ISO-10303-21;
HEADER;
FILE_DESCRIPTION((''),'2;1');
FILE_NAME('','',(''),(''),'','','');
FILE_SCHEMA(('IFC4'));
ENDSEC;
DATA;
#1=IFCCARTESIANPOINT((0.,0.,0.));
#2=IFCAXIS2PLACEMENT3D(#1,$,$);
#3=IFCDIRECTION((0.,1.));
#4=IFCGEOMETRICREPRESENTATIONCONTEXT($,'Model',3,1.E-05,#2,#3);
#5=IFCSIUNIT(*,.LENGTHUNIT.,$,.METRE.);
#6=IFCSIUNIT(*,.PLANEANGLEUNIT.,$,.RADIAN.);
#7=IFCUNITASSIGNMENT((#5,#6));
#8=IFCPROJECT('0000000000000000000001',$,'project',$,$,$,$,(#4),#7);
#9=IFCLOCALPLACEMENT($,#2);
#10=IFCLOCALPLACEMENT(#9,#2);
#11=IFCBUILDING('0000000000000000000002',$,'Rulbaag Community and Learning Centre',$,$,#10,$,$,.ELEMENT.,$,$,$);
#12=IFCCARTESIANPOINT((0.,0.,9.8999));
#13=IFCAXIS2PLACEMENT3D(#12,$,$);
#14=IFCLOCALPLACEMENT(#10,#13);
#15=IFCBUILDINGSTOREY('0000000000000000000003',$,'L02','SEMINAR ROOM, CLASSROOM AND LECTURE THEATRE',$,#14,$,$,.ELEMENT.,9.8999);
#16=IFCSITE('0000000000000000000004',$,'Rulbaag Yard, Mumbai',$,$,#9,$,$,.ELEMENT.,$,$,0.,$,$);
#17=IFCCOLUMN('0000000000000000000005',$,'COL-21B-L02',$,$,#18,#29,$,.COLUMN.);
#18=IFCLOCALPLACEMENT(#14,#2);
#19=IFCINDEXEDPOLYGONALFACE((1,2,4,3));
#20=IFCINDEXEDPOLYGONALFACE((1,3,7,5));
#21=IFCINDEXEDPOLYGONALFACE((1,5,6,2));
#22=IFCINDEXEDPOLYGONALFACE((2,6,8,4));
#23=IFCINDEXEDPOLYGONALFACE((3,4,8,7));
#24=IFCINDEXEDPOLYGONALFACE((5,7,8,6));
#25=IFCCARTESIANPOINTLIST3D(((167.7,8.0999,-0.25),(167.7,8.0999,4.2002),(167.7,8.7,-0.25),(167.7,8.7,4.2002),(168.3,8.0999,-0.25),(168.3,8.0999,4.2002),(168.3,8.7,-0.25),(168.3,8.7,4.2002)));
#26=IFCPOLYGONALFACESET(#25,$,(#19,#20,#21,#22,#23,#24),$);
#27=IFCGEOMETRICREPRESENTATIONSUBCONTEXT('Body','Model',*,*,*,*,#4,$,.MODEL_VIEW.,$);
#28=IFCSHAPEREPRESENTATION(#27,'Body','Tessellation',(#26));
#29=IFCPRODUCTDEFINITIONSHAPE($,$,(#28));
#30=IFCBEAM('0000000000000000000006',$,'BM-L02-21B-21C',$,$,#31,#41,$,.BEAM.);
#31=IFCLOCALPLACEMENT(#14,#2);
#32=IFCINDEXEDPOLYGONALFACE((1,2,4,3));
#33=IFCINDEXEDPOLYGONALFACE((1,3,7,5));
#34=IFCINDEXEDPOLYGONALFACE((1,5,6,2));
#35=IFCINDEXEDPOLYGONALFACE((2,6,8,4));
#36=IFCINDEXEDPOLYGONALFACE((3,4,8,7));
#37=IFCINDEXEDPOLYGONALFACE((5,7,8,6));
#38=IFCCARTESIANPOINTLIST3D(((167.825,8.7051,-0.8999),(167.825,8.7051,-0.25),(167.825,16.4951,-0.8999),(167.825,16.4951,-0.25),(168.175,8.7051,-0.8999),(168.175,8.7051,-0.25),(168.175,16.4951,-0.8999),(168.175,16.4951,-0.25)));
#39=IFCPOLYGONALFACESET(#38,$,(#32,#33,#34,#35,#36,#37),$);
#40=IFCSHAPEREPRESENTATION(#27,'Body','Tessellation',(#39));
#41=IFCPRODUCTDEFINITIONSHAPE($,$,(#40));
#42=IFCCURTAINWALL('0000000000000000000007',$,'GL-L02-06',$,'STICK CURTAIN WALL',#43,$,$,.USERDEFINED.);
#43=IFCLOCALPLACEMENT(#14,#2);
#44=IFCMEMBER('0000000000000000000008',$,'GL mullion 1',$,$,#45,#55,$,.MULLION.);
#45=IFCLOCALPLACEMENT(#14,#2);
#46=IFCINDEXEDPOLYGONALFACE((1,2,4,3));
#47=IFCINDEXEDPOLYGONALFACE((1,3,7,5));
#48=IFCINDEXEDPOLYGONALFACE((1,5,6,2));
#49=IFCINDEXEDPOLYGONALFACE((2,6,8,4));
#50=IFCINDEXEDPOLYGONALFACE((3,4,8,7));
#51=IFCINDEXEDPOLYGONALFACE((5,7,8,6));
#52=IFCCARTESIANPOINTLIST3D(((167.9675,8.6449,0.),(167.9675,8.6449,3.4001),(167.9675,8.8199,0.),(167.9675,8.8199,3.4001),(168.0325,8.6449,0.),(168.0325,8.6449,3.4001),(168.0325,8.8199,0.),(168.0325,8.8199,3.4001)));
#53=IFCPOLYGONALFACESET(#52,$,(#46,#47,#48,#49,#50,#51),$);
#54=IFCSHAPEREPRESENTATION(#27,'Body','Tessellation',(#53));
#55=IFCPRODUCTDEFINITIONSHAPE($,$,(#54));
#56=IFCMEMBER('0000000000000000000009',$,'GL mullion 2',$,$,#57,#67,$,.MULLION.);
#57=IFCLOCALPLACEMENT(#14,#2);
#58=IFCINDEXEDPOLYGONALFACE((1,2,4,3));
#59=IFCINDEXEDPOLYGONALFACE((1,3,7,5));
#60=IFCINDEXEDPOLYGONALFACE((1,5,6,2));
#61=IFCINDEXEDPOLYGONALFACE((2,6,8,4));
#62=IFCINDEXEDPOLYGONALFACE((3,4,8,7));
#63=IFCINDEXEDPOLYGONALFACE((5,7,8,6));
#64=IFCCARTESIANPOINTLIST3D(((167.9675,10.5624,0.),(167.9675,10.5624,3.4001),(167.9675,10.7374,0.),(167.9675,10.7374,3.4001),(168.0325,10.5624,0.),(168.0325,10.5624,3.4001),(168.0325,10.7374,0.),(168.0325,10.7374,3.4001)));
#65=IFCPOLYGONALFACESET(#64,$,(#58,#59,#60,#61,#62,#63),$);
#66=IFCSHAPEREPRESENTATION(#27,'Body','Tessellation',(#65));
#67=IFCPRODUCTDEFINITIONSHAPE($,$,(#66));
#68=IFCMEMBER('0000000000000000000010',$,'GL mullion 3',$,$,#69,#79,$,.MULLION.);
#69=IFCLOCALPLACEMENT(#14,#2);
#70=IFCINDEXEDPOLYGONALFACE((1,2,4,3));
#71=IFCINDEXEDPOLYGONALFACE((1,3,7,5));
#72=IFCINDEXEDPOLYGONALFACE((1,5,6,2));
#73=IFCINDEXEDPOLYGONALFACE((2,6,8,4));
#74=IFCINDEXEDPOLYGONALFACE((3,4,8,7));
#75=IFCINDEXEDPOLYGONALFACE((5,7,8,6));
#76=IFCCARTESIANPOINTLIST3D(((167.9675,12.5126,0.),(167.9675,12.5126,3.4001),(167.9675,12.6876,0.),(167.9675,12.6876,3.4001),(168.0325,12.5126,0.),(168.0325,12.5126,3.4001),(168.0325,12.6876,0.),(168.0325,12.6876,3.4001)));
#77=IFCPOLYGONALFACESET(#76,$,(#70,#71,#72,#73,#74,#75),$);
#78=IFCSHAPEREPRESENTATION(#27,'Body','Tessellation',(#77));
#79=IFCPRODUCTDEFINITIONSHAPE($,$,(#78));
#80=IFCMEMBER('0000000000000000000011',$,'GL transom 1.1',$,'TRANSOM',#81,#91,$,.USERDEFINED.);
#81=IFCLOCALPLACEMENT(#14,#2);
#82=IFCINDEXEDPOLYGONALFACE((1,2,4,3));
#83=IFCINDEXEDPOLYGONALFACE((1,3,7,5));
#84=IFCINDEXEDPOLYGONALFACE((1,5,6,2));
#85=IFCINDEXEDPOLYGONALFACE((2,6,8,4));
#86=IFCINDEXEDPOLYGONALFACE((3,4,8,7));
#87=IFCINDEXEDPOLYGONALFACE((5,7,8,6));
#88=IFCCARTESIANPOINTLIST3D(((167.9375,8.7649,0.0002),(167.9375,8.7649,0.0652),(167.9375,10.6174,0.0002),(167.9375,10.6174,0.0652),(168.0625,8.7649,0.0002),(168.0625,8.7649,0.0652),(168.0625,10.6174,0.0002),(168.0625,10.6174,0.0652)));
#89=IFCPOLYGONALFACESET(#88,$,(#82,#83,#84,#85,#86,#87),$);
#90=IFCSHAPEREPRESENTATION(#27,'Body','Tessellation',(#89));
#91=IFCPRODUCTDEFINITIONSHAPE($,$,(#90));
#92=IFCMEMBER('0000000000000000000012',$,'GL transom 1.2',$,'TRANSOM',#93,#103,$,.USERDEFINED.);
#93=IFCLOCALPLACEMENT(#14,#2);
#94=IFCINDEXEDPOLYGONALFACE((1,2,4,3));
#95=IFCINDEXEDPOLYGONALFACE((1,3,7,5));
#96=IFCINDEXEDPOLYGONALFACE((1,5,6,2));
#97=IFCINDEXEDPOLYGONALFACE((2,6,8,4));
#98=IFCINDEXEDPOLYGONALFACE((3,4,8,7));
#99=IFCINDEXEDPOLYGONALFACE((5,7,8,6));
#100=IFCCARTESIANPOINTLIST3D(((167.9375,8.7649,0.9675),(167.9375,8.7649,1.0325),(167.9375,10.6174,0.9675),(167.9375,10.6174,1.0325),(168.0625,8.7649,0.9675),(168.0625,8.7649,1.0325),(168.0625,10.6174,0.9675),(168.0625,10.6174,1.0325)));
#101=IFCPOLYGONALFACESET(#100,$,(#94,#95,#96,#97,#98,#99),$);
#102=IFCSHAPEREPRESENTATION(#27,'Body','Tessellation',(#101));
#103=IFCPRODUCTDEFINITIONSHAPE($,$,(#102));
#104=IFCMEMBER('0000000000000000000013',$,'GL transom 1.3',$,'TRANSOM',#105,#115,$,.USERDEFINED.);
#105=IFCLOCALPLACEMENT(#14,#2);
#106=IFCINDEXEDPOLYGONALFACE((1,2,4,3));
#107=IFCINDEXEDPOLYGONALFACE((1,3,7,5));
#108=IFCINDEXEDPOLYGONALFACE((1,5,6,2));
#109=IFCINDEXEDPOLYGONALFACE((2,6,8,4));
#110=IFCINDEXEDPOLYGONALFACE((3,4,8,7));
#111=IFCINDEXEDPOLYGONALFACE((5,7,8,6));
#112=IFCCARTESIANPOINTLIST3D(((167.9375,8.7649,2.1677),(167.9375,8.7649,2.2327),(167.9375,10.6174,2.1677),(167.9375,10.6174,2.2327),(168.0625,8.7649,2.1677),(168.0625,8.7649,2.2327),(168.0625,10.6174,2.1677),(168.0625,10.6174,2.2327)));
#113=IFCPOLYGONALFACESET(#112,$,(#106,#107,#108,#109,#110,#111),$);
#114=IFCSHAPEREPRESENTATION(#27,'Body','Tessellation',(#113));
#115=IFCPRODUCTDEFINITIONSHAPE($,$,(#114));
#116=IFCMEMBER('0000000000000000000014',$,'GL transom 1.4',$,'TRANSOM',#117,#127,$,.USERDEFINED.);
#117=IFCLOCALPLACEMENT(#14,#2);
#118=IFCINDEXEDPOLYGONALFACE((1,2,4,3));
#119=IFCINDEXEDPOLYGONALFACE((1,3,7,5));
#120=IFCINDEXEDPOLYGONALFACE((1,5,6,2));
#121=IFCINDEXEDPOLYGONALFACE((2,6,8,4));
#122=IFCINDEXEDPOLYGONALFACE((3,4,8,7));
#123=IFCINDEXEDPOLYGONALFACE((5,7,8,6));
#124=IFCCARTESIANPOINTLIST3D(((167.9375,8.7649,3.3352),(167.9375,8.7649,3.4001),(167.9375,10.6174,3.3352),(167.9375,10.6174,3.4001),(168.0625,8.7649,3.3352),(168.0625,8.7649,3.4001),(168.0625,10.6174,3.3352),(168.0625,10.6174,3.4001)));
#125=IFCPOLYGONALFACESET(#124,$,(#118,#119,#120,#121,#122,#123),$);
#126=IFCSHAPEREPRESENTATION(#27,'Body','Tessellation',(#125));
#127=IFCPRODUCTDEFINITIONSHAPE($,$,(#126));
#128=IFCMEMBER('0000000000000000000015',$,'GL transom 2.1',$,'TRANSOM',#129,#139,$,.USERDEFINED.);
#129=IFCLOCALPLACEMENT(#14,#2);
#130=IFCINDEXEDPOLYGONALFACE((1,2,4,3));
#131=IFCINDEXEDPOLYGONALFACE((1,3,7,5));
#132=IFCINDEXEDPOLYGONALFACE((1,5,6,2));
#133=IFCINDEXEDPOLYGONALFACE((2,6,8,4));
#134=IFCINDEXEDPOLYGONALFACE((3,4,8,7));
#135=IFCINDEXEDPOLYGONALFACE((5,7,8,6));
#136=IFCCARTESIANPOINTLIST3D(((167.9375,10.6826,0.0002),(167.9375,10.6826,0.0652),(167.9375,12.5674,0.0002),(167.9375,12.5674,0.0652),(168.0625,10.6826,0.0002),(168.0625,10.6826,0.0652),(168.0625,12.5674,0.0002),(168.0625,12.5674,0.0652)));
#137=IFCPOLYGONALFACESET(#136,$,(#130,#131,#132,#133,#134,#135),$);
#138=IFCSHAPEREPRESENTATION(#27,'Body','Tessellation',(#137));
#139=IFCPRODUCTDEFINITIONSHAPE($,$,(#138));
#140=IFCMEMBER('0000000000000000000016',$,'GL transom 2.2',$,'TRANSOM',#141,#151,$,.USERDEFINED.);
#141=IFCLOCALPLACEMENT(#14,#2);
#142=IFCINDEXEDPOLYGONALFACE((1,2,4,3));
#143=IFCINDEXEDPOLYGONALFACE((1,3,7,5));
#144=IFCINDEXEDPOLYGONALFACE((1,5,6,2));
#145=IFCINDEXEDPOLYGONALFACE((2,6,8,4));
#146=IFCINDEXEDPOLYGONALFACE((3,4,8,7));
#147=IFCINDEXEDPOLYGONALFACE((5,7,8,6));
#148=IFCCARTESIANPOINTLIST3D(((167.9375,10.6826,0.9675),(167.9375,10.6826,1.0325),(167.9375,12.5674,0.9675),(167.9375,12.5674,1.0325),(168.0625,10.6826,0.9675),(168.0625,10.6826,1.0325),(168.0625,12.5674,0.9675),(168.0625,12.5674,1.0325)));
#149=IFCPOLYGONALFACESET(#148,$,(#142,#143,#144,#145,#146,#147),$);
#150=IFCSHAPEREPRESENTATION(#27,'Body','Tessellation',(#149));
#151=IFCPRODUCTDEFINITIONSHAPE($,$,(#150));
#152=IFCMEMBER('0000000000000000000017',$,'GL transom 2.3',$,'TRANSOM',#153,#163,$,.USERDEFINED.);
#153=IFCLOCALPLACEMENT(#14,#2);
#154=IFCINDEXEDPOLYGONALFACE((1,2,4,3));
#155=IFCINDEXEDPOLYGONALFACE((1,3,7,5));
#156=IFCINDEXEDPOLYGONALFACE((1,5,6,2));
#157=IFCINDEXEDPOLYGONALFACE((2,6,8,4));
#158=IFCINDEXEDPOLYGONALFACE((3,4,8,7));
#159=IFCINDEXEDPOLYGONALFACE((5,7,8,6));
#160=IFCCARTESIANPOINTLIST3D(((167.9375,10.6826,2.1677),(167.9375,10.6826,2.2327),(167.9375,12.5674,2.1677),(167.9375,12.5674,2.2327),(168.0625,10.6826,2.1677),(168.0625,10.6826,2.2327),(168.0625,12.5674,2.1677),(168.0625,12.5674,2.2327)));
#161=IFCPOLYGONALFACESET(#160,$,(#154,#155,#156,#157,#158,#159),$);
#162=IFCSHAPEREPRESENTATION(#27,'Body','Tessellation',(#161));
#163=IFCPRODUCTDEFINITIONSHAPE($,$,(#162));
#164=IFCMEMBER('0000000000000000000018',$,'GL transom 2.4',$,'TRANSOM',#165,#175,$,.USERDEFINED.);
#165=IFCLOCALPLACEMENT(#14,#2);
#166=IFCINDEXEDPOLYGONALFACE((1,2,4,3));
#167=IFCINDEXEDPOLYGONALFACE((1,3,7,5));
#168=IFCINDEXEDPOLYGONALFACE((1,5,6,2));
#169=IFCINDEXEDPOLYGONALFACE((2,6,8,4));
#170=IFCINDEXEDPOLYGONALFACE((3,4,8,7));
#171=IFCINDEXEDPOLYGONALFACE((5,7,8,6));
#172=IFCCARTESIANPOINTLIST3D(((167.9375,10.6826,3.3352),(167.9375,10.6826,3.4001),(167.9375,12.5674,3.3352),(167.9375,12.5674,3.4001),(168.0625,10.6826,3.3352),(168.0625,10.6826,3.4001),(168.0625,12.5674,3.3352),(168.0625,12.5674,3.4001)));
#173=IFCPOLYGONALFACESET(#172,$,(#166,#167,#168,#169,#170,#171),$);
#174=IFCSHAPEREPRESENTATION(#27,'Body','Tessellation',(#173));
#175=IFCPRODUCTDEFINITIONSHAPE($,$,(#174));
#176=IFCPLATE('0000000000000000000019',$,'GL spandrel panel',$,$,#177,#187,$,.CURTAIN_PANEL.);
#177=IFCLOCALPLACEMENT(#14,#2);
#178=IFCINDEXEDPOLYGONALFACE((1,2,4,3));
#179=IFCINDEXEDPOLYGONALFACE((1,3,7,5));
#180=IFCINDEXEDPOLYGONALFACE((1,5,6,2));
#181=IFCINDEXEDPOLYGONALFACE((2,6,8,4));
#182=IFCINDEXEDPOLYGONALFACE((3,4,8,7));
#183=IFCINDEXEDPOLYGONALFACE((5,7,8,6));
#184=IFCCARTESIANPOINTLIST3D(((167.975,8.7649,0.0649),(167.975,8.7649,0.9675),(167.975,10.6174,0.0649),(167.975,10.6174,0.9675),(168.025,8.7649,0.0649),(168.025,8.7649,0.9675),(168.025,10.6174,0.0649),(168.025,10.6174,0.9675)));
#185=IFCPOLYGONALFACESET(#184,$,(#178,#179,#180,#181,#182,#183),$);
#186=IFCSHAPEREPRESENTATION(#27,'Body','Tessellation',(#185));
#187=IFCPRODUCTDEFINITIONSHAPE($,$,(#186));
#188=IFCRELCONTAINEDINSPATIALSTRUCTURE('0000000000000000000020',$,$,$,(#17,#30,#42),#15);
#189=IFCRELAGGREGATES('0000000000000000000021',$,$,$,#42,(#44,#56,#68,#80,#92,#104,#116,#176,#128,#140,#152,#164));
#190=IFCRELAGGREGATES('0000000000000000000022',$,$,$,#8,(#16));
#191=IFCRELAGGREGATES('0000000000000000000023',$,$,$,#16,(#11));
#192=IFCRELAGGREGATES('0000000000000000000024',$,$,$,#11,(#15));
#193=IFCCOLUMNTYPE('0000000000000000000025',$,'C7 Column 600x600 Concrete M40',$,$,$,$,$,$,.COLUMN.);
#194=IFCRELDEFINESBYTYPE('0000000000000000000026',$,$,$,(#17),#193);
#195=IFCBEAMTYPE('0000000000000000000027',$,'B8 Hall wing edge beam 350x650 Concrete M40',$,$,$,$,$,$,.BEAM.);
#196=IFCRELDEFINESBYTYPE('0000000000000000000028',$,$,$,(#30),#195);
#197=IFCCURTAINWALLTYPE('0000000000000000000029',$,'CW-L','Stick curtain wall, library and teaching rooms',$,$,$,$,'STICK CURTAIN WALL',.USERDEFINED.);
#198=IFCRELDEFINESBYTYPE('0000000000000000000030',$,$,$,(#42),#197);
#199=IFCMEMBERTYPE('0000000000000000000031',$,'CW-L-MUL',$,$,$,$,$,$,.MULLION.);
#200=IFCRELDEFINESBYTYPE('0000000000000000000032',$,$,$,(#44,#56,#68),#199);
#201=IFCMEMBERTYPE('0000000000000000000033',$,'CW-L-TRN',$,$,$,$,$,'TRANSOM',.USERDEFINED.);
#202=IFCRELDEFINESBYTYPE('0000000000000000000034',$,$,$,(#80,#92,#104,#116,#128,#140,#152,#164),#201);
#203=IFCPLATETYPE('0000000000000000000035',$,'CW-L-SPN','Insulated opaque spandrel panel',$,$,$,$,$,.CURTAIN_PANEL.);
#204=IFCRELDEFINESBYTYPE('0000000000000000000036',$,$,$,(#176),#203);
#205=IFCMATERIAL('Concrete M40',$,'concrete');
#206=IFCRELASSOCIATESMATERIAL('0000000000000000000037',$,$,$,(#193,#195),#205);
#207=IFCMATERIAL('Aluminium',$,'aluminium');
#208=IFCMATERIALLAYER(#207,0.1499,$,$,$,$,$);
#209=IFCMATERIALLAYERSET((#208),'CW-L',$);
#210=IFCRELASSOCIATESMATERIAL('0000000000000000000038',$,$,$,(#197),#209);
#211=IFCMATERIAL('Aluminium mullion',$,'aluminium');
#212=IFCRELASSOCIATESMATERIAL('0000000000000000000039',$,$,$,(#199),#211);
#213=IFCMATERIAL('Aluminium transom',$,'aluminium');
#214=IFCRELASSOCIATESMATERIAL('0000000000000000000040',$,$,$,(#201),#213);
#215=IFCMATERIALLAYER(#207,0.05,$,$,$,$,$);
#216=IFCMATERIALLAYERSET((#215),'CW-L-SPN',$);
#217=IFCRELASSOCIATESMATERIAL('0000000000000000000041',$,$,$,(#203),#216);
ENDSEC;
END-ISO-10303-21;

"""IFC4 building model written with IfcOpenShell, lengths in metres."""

from ifc_helpers import new_model, si_unit, direction, frame, origin, origin_2d, place, context, subcontext, project, spatial, rectangle, extrude, material, layer, layer_set, material_profile, profile_set, type_object, element, aggregate, save


model = new_model("IFC4")

# Units and contexts
model_context = context("Model", 3, precision=1e-05, world=origin(), true_north=direction((0.0, 1.0)))
body_context = subcontext(model_context, "Body", "Model", "MODEL_VIEW")
ifc_project = project(units=[si_unit("LENGTHUNIT", "METRE"), si_unit("PLANEANGLEUNIT", "RADIAN")], contexts=[model_context])

# Site, building, storey
site_placement = place(None, origin())
site = spatial("IfcSite", under=ifc_project, at=site_placement, Name="Rulbaag Yard, Mumbai", CompositionType="ELEMENT", RefElevation=0.0)
building_placement = place(site_placement, origin())
building = spatial("IfcBuilding", under=site, at=building_placement, Name="Rulbaag Community and Learning Centre", CompositionType="ELEMENT")
storey_placement = place(building_placement, frame((0.0, 0.0, 9.8999)))
storey = spatial("IfcBuildingStorey", under=building, at=storey_placement, Name="L02", Description="SEMINAR ROOM, CLASSROOM AND LECTURE THEATRE", CompositionType="ELEMENT", Elevation=9.8999)

# Column
ifc_material_1 = material(Name="Concrete M40", Category="concrete")
ifc_material_profile_1 = material_profile(ifc_material_1, rectangle(XDim=0.6001, YDim=0.6001, at=origin_2d()), Name="RC600x600")
ifc_profile_set_1 = profile_set([ifc_material_profile_1], Name="Concrete M40")
column_type = type_object("IfcColumnType", Name="C7 Column 600x600 Concrete M40", PredefinedType="COLUMN", material=ifc_profile_set_1)
column_placement = place(storey_placement, frame((168.0, 8.3999, -0.25), z_axis=(0.0, 0.0, 1.0), x_axis=(1.0, 0.0, 0.0)))
element("IfcColumn", 1, at=column_placement, inside=storey, type_object=column_type, Name="COL-21B-L02", PredefinedType="COLUMN", context=body_context, shape_type="SweptSolid", body=[
    extrude(rectangle(XDim=0.6001, YDim=0.6001, at=origin_2d()), origin(), (0.0, 0.0, 1.0), 4.4502),
])

# Beam
ifc_material_profile_2 = material_profile(ifc_material_1, rectangle(XDim=0.3501, YDim=0.6499, at=origin_2d()), Name="RB350x650")
ifc_profile_set_2 = profile_set([ifc_material_profile_2], Name="Concrete M40")
beam_type = type_object("IfcBeamType", Name="B8 Hall wing edge beam 350x650 Concrete M40", PredefinedType="BEAM", material=ifc_profile_set_2)
beam_placement = place(storey_placement, frame((168.0, 8.7051, -0.575), z_axis=(0.0, 1.0, 0.0), x_axis=(-1.0, 0.0, 0.0)))
element("IfcBeam", 2, at=beam_placement, inside=storey, type_object=beam_type, Name="BM-L02-21B-21C", PredefinedType="BEAM", context=body_context, shape_type="SweptSolid", body=[
    extrude(rectangle(XDim=0.3501, YDim=0.6499, at=origin_2d()), origin(), (0.0, 0.0, 1.0), 7.79),
])

# Curtain wall, members, plate
ifc_material_2 = material(Name="Aluminium", Category="aluminium")
ifc_layer_1 = layer(ifc_material_2, 0.1499)
ifc_layer_set_1 = layer_set([ifc_layer_1], Name="CW-L")
curtain_wall_type = type_object("IfcCurtainWallType", Name="CW-L", Description="Stick curtain wall, library and teaching rooms", ElementType="STICK CURTAIN WALL", PredefinedType="USERDEFINED", material=ifc_layer_set_1)
curtain_wall_placement = place(storey_placement, origin())
curtain_wall = element("IfcCurtainWall", 3, at=curtain_wall_placement, inside=storey, type_object=curtain_wall_type, Name="GL-L02-06", ObjectType="STICK CURTAIN WALL", PredefinedType="USERDEFINED")
ifc_material_3 = material(Name="Aluminium mullion", Category="aluminium")
ifc_material_profile_3 = material_profile(ifc_material_3, rectangle(XDim=0.0649, YDim=0.175, at=origin_2d()), Name="AL 65x175")
ifc_profile_set_3 = profile_set([ifc_material_profile_3], Name="Aluminium mullion")
member_type_1 = type_object("IfcMemberType", Name="CW-L-MUL", PredefinedType="MULLION", material=ifc_profile_set_3)
member_1_placement = place(storey_placement, frame((168.0, 8.7324, 0.0), z_axis=(0.0, 0.0, 1.0), x_axis=(-1.0, 0.0, 0.0)))
member_1 = element("IfcMember", 4, at=member_1_placement, type_object=member_type_1, Name="GL mullion 1", PredefinedType="MULLION", context=body_context, shape_type="SweptSolid", body=[
    extrude(rectangle(XDim=0.0649, YDim=0.175, at=origin_2d()), origin(), (0.0, 0.0, 1.0), 3.4001),
])
member_2_placement = place(storey_placement, frame((168.0, 10.6499, 0.0), z_axis=(0.0, 0.0, 1.0), x_axis=(-1.0, 0.0, 0.0)))
member_2 = element("IfcMember", 5, at=member_2_placement, type_object=member_type_1, Name="GL mullion 2", PredefinedType="MULLION", context=body_context, shape_type="SweptSolid", body=[
    extrude(rectangle(XDim=0.0649, YDim=0.175, at=origin_2d()), origin(), (0.0, 0.0, 1.0), 3.4001),
])
member_3_placement = place(storey_placement, frame((168.0, 12.6001, 0.0), z_axis=(0.0, 0.0, 1.0), x_axis=(-1.0, 0.0, 0.0)))
member_3 = element("IfcMember", 6, at=member_3_placement, type_object=member_type_1, Name="GL mullion 3", PredefinedType="MULLION", context=body_context, shape_type="SweptSolid", body=[
    extrude(rectangle(XDim=0.0649, YDim=0.175, at=origin_2d()), origin(), (0.0, 0.0, 1.0), 3.4001),
])
ifc_material_4 = material(Name="Aluminium transom", Category="aluminium")
ifc_material_profile_4 = material_profile(ifc_material_4, rectangle(XDim=0.125, YDim=0.0649, at=origin_2d()), Name="AL 65x125 T")
ifc_profile_set_4 = profile_set([ifc_material_profile_4], Name="Aluminium transom")
member_type_2 = type_object("IfcMemberType", Name="CW-L-TRN", ElementType="TRANSOM", PredefinedType="USERDEFINED", material=ifc_profile_set_4)
member_4_placement = place(storey_placement, frame((168.0, 8.7649, 0.0327), z_axis=(0.0, 1.0, 0.0), x_axis=(-1.0, 0.0, 0.0)))
member_4 = element("IfcMember", 7, at=member_4_placement, type_object=member_type_2, Name="GL transom 1.1", ObjectType="TRANSOM", PredefinedType="USERDEFINED", context=body_context, shape_type="SweptSolid", body=[
    extrude(rectangle(XDim=0.125, YDim=0.0649, at=origin_2d()), origin(), (0.0, 0.0, 1.0), 1.8525),
])
member_5_placement = place(storey_placement, frame((168.0, 8.7649, 1.0), z_axis=(0.0, 1.0, 0.0), x_axis=(-1.0, 0.0, 0.0)))
member_5 = element("IfcMember", 8, at=member_5_placement, type_object=member_type_2, Name="GL transom 1.2", ObjectType="TRANSOM", PredefinedType="USERDEFINED", context=body_context, shape_type="SweptSolid", body=[
    extrude(rectangle(XDim=0.125, YDim=0.0649, at=origin_2d()), origin(), (0.0, 0.0, 1.0), 1.8525),
])
member_6_placement = place(storey_placement, frame((168.0, 8.7649, 2.2002), z_axis=(0.0, 1.0, 0.0), x_axis=(-1.0, 0.0, 0.0)))
member_6 = element("IfcMember", 9, at=member_6_placement, type_object=member_type_2, Name="GL transom 1.3", ObjectType="TRANSOM", PredefinedType="USERDEFINED", context=body_context, shape_type="SweptSolid", body=[
    extrude(rectangle(XDim=0.125, YDim=0.0649, at=origin_2d()), origin(), (0.0, 0.0, 1.0), 1.8525),
])
member_7_placement = place(storey_placement, frame((168.0, 8.7649, 3.3677), z_axis=(0.0, 1.0, 0.0), x_axis=(-1.0, 0.0, 0.0)))
member_7 = element("IfcMember", 10, at=member_7_placement, type_object=member_type_2, Name="GL transom 1.4", ObjectType="TRANSOM", PredefinedType="USERDEFINED", context=body_context, shape_type="SweptSolid", body=[
    extrude(rectangle(XDim=0.125, YDim=0.0649, at=origin_2d()), origin(), (0.0, 0.0, 1.0), 1.8525),
])
member_8_placement = place(storey_placement, frame((168.0, 10.6826, 0.0327), z_axis=(0.0, 1.0, 0.0), x_axis=(-1.0, 0.0, 0.0)))
member_8 = element("IfcMember", 11, at=member_8_placement, type_object=member_type_2, Name="GL transom 2.1", ObjectType="TRANSOM", PredefinedType="USERDEFINED", context=body_context, shape_type="SweptSolid", body=[
    extrude(rectangle(XDim=0.125, YDim=0.0649, at=origin_2d()), origin(), (0.0, 0.0, 1.0), 1.8848),
])
member_9_placement = place(storey_placement, frame((168.0, 10.6826, 1.0), z_axis=(0.0, 1.0, 0.0), x_axis=(-1.0, 0.0, 0.0)))
member_9 = element("IfcMember", 12, at=member_9_placement, type_object=member_type_2, Name="GL transom 2.2", ObjectType="TRANSOM", PredefinedType="USERDEFINED", context=body_context, shape_type="SweptSolid", body=[
    extrude(rectangle(XDim=0.125, YDim=0.0649, at=origin_2d()), origin(), (0.0, 0.0, 1.0), 1.8848),
])
member_10_placement = place(storey_placement, frame((168.0, 10.6826, 2.2002), z_axis=(0.0, 1.0, 0.0), x_axis=(-1.0, 0.0, 0.0)))
member_10 = element("IfcMember", 13, at=member_10_placement, type_object=member_type_2, Name="GL transom 2.3", ObjectType="TRANSOM", PredefinedType="USERDEFINED", context=body_context, shape_type="SweptSolid", body=[
    extrude(rectangle(XDim=0.125, YDim=0.0649, at=origin_2d()), origin(), (0.0, 0.0, 1.0), 1.8848),
])
member_11_placement = place(storey_placement, frame((168.0, 10.6826, 3.3677), z_axis=(0.0, 1.0, 0.0), x_axis=(-1.0, 0.0, 0.0)))
member_11 = element("IfcMember", 14, at=member_11_placement, type_object=member_type_2, Name="GL transom 2.4", ObjectType="TRANSOM", PredefinedType="USERDEFINED", context=body_context, shape_type="SweptSolid", body=[
    extrude(rectangle(XDim=0.125, YDim=0.0649, at=origin_2d()), origin(), (0.0, 0.0, 1.0), 1.8848),
])
ifc_layer_2 = layer(ifc_material_2, 0.05)
ifc_layer_set_2 = layer_set([ifc_layer_2], Name="CW-L-SPN")
plate_type_1 = type_object("IfcPlateType", Name="CW-L-SPN", Description="Insulated opaque spandrel panel", PredefinedType="CURTAIN_PANEL", material=ifc_layer_set_2)
plate_1_placement = place(storey_placement, frame((168.0, 9.6912, 0.0649), z_axis=(0.0, 0.0, 1.0), x_axis=(0.0, 1.0, 0.0)))
plate_1 = element("IfcPlate", 15, at=plate_1_placement, type_object=plate_type_1, Name="GL spandrel panel", PredefinedType="CURTAIN_PANEL", context=body_context, shape_type="SweptSolid", body=[
    extrude(rectangle(XDim=1.8525, YDim=0.05, at=origin_2d()), origin(), (0.0, 0.0, 1.0), 0.9026),
])
aggregate(curtain_wall, [member_1, member_2, member_3, member_4, member_5, member_6, member_7, plate_1, member_8, member_9, member_10, member_11])

save(model, "model.ifc")
